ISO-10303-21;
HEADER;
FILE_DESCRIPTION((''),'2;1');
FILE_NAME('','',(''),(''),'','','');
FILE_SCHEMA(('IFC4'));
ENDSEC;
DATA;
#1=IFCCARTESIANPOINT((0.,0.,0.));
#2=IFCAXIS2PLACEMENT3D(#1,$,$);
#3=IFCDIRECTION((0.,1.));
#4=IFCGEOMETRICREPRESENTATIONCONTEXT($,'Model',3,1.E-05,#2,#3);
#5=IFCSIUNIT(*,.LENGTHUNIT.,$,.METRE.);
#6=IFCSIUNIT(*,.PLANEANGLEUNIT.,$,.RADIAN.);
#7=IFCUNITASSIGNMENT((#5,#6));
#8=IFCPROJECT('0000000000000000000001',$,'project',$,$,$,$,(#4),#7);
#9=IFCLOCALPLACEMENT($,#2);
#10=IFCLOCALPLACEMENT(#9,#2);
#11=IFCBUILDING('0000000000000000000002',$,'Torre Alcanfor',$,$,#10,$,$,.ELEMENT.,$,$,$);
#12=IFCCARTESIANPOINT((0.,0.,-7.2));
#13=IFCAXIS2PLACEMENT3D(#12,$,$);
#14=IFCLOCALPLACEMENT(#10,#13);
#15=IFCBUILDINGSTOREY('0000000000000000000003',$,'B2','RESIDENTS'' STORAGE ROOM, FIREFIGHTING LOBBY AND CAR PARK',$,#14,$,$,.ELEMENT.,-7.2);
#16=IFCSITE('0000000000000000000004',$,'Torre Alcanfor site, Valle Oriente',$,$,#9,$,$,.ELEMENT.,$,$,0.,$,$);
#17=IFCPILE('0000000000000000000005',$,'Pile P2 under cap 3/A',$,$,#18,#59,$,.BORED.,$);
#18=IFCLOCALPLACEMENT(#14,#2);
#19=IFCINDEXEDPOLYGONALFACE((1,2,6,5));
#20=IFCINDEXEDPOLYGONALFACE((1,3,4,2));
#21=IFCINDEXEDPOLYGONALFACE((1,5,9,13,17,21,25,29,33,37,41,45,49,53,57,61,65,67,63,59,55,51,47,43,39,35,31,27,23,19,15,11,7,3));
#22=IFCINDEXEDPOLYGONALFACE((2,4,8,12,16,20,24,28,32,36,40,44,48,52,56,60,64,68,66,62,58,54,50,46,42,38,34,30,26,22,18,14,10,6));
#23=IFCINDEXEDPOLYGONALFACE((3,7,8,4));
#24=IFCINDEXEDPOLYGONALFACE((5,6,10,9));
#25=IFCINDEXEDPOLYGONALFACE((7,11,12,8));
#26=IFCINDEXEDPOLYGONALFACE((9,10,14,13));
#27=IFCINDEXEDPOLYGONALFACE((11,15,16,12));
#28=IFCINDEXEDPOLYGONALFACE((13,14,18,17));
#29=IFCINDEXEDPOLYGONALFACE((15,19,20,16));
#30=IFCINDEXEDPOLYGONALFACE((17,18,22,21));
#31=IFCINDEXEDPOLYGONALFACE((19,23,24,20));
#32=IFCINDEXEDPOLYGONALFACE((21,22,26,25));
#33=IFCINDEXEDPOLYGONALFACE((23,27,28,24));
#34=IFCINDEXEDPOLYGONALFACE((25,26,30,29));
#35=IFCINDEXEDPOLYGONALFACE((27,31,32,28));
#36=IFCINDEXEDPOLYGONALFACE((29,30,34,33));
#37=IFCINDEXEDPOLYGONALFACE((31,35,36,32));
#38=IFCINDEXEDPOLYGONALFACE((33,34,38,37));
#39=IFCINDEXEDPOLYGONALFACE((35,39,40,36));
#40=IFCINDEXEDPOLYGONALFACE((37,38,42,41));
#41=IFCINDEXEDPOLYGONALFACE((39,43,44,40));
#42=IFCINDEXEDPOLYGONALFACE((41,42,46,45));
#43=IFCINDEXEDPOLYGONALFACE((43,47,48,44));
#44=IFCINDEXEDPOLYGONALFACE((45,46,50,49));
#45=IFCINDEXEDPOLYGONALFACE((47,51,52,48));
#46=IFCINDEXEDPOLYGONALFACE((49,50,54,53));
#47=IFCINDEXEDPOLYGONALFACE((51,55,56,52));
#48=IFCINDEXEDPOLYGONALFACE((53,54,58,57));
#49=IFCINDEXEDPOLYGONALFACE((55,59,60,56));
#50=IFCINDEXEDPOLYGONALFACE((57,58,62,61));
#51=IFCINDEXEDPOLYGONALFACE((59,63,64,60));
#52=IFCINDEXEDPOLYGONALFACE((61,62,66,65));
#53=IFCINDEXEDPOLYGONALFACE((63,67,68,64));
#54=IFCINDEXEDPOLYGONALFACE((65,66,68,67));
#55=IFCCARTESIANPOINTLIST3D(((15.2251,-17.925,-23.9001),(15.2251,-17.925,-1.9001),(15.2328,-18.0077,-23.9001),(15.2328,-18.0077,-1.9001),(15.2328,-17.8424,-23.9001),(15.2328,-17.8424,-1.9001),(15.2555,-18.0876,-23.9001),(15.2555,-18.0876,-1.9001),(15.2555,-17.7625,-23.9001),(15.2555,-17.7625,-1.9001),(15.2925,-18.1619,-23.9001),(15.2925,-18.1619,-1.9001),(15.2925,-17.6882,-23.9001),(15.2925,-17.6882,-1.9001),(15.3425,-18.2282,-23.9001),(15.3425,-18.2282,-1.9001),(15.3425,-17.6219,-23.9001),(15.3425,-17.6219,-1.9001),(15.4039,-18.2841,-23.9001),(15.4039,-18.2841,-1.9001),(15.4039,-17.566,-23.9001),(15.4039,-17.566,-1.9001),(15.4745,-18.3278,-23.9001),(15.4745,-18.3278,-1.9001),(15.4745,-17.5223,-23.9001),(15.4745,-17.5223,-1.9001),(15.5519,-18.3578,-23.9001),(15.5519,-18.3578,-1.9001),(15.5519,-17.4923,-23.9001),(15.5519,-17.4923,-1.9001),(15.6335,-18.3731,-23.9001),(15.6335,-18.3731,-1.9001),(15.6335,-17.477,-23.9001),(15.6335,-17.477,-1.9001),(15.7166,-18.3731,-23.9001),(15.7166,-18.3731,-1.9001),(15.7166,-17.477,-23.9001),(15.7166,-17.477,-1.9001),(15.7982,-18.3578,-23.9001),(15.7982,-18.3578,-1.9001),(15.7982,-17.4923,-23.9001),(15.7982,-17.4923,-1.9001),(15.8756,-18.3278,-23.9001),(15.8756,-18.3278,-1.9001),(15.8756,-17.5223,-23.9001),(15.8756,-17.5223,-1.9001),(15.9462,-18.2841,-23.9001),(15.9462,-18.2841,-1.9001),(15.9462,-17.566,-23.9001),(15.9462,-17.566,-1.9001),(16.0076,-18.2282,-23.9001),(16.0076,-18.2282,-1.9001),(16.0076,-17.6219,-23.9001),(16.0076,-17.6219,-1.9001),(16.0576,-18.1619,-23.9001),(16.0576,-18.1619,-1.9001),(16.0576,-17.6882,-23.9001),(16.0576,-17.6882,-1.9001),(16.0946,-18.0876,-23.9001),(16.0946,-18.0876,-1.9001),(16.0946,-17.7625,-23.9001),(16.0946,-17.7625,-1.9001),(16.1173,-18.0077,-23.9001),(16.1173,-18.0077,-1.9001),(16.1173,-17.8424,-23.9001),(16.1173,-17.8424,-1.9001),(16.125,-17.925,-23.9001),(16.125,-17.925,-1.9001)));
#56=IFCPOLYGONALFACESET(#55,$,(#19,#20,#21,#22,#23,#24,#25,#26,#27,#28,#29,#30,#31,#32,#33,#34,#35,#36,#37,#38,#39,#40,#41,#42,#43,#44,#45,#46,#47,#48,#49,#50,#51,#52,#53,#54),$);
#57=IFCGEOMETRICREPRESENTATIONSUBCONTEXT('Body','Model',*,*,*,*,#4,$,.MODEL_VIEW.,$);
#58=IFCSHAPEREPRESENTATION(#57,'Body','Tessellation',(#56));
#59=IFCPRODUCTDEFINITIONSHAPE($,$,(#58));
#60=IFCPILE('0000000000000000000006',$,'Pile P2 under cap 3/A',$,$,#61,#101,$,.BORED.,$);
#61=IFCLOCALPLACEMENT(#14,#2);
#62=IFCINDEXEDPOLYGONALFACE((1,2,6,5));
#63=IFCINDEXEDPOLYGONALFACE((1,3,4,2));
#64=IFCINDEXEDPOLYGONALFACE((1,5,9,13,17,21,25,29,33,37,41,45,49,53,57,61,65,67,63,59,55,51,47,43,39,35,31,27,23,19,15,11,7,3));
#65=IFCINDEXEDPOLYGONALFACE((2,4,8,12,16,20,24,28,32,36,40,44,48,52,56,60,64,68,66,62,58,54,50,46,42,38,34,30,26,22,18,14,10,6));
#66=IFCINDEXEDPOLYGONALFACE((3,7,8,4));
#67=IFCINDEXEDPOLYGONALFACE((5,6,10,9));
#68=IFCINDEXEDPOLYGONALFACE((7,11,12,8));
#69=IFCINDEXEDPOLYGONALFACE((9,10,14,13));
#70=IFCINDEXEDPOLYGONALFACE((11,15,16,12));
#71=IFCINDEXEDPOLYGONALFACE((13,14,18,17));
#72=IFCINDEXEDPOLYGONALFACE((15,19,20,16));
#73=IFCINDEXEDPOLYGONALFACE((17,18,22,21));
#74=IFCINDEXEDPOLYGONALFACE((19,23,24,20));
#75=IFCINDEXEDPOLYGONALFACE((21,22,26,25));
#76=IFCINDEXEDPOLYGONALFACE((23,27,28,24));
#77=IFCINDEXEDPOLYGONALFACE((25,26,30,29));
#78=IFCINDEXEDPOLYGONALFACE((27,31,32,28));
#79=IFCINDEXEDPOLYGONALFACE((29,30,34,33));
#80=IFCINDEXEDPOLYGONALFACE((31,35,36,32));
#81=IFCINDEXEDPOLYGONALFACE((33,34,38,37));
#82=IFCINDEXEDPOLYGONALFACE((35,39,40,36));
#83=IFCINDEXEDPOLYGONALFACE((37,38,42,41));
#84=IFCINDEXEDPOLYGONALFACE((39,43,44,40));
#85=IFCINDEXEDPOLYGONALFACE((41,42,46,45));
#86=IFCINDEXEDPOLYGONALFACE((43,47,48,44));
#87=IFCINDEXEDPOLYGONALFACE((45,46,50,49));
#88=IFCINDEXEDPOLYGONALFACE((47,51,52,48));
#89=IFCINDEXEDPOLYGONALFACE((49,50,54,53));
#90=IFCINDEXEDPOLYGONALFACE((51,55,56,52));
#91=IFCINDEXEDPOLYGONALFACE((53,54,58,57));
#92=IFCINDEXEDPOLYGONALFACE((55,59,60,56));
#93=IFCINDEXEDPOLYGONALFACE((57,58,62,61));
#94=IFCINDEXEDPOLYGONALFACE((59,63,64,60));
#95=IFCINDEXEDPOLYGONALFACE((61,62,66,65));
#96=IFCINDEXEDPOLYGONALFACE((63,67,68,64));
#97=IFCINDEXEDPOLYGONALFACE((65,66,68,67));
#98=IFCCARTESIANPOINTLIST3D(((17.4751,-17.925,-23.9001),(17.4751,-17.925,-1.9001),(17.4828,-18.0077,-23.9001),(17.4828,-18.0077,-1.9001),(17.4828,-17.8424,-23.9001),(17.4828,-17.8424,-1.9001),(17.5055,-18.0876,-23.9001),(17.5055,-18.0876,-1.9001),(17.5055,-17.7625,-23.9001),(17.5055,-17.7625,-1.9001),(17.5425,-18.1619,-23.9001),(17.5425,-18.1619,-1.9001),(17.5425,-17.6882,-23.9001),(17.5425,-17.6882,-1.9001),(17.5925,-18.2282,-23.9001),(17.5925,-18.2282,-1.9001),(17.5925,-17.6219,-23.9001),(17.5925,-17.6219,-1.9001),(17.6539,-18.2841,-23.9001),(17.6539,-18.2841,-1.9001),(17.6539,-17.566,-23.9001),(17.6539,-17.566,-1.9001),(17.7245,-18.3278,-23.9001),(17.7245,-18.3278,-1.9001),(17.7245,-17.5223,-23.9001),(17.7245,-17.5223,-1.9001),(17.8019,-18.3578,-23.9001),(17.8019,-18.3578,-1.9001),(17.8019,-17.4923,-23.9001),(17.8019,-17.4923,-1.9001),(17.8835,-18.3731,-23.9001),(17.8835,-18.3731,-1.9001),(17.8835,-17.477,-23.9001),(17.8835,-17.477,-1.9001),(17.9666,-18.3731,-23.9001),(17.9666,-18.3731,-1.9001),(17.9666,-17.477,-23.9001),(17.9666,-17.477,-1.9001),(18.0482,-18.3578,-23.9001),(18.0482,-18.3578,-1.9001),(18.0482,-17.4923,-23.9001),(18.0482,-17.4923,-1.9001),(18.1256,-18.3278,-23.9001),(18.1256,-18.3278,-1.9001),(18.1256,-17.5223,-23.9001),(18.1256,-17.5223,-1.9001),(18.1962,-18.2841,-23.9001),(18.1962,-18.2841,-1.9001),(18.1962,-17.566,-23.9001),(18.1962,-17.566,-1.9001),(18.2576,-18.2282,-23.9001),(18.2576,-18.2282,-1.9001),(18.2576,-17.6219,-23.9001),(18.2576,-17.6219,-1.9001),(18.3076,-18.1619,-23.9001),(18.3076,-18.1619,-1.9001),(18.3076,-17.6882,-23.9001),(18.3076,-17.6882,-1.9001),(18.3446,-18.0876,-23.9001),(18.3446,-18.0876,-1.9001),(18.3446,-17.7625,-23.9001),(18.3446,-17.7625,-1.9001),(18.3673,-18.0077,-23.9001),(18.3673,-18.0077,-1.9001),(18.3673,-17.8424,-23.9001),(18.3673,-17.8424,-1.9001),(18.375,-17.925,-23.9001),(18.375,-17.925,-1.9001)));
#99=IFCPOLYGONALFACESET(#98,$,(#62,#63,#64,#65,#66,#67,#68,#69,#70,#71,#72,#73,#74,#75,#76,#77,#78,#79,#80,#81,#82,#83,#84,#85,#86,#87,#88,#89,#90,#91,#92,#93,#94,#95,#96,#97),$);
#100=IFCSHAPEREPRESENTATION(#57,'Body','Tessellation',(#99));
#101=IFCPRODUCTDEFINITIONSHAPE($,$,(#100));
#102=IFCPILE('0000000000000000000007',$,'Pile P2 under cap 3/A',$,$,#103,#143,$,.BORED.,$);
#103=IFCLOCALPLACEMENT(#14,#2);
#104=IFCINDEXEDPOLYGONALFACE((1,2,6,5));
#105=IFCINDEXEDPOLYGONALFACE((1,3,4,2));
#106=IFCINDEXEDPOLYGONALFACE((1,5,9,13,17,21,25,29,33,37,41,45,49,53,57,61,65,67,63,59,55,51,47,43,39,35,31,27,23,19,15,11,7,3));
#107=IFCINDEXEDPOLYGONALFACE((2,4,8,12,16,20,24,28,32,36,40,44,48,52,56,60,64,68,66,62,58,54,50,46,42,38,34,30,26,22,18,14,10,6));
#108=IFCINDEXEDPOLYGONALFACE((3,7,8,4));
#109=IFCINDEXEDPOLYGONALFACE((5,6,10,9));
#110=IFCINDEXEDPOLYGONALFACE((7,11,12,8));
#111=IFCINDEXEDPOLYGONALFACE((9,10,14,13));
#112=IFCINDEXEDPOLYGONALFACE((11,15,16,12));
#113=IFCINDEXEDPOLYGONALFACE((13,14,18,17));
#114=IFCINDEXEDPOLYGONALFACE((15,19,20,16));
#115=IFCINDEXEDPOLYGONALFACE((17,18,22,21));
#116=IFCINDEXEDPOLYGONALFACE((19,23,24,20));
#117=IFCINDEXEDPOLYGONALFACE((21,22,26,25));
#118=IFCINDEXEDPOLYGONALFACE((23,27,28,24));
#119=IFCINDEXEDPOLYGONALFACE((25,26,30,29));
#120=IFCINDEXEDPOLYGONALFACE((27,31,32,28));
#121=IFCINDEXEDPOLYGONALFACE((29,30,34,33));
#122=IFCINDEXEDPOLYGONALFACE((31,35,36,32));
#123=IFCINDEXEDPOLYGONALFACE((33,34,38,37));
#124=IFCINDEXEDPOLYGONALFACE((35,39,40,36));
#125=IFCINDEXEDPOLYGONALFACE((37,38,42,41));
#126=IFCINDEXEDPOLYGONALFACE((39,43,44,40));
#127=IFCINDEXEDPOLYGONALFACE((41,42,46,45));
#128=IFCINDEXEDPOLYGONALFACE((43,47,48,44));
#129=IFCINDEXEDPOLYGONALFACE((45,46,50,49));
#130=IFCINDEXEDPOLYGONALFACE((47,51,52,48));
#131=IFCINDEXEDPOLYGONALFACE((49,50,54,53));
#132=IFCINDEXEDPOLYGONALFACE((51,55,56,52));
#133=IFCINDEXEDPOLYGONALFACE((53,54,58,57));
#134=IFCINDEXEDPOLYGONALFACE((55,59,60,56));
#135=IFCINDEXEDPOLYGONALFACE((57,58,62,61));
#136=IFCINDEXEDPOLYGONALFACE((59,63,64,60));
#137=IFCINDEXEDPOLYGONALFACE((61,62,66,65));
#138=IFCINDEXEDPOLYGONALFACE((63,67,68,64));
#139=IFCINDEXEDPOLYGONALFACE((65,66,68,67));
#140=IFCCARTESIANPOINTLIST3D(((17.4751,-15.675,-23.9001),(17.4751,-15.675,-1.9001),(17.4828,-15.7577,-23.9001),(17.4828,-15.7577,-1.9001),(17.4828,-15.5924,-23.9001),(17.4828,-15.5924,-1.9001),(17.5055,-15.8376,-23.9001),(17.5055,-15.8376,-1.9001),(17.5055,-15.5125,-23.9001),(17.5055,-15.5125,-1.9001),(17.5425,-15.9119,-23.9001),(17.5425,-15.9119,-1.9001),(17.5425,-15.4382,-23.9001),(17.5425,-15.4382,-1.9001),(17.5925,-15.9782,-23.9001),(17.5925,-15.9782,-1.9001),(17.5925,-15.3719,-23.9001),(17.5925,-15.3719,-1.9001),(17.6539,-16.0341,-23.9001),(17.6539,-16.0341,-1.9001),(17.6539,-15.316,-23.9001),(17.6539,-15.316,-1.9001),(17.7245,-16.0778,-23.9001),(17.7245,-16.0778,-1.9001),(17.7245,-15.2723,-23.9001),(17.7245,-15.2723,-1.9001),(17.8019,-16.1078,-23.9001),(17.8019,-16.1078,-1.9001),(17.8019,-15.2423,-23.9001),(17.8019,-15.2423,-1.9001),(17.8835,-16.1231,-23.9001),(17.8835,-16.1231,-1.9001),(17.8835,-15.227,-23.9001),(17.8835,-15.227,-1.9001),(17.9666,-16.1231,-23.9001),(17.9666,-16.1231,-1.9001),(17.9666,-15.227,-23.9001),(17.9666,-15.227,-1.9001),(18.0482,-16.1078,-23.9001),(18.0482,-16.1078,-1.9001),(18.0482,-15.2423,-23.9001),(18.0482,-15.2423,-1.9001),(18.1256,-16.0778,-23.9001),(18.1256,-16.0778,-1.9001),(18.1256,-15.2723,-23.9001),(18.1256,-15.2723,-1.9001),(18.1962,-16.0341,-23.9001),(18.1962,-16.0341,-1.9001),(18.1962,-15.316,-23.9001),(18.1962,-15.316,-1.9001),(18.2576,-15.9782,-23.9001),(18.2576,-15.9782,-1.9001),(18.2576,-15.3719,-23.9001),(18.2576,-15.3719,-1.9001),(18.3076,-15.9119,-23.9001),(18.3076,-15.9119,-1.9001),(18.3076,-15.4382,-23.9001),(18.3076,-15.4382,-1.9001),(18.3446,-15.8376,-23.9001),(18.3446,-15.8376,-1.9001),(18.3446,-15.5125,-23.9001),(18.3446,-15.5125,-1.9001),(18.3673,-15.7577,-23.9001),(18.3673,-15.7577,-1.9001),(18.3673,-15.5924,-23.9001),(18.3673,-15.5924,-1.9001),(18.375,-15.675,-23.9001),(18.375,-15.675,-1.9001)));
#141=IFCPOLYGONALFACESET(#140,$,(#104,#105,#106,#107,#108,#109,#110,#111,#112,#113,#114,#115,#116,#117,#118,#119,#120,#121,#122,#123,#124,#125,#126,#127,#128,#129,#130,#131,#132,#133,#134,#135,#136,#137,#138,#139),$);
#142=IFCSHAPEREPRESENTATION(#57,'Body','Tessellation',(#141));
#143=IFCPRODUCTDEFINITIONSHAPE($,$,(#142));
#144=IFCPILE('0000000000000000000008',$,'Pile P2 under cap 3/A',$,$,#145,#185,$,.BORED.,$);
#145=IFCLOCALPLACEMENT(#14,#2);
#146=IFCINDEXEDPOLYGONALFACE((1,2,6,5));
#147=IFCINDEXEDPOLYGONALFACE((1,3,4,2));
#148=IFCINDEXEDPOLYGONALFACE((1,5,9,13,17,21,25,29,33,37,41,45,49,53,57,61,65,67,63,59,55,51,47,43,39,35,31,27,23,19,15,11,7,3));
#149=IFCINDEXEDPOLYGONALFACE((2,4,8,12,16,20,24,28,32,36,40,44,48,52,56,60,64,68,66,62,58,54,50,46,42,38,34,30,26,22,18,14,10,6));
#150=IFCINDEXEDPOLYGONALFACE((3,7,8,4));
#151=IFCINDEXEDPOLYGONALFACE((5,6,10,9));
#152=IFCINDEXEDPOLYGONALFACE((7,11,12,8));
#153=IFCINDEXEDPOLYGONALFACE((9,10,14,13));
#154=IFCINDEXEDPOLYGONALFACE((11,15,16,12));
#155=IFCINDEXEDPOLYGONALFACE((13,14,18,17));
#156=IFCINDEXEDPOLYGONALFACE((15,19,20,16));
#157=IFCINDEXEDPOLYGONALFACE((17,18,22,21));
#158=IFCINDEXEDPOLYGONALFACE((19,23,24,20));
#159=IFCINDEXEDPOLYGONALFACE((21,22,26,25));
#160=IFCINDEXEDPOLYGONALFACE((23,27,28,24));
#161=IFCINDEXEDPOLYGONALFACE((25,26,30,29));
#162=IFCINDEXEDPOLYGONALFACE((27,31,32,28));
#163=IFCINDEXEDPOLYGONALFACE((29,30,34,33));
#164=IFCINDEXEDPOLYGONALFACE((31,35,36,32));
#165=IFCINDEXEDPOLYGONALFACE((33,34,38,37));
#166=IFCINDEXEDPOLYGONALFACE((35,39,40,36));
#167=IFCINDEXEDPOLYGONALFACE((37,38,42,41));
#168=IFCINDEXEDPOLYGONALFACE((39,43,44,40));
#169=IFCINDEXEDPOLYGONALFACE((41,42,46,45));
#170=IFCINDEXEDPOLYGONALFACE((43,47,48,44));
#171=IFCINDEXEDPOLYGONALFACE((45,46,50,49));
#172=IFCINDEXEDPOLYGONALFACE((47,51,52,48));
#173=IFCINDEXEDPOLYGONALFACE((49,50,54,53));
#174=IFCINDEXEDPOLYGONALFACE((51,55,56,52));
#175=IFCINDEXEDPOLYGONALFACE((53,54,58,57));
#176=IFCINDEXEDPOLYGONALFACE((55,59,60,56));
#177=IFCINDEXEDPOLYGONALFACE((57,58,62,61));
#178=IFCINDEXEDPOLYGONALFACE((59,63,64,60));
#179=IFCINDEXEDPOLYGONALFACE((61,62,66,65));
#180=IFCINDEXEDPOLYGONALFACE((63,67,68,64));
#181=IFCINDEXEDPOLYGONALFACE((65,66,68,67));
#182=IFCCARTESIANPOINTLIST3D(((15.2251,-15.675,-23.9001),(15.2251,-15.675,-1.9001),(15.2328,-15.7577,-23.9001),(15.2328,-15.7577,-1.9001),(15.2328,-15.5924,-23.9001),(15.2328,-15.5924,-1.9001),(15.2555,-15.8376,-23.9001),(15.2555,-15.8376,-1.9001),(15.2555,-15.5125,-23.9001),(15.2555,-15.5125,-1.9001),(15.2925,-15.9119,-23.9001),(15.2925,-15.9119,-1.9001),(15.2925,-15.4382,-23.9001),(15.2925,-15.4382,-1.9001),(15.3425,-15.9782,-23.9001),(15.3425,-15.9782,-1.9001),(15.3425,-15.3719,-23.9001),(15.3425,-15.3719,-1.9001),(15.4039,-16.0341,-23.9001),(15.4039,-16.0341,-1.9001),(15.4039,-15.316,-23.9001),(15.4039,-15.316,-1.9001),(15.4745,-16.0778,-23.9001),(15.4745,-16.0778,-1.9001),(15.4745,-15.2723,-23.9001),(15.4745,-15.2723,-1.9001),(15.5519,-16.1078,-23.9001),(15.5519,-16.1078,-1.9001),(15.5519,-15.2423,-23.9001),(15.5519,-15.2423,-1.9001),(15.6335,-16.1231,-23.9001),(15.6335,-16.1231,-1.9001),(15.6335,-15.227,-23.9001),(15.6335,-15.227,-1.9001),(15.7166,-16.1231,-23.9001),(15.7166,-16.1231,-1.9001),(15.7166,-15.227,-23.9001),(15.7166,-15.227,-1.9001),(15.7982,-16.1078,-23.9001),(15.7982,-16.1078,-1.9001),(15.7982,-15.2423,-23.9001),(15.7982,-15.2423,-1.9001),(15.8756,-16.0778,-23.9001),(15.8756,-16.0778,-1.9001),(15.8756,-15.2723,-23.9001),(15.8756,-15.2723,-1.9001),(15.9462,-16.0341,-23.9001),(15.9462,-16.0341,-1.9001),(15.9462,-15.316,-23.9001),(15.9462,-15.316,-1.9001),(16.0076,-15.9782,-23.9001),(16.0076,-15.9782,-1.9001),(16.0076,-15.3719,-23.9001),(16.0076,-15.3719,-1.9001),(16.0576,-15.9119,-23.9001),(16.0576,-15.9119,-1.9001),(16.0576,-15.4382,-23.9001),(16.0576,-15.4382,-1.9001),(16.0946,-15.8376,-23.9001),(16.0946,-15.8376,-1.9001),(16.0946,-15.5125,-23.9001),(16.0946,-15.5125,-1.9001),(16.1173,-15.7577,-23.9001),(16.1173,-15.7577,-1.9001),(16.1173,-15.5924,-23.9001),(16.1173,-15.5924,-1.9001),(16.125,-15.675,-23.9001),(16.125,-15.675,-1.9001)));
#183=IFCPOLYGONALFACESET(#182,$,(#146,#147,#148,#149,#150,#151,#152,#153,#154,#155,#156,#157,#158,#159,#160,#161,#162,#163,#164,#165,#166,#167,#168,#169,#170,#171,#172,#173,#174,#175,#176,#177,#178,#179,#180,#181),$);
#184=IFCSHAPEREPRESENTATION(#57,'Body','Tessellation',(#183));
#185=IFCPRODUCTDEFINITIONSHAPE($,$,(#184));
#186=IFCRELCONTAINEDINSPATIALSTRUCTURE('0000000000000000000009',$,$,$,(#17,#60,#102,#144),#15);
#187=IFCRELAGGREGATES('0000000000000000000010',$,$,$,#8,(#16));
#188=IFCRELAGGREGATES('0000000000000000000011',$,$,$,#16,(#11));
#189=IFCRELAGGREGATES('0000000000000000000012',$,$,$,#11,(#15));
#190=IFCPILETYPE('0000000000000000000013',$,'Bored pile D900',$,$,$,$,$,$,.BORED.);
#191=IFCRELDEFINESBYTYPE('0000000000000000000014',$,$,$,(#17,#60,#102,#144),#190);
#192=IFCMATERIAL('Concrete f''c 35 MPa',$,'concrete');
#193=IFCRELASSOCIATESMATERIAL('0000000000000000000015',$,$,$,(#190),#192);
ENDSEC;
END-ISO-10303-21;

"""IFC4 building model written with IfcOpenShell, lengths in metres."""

from ifc_helpers import new_model, si_unit, direction, frame, origin, origin_2d, place, context, subcontext, project, spatial, circle, extrude, material, material_profile, profile_set, type_object, element, save


model = new_model("IFC4")

# Units and contexts
model_context = context("Model", 3, precision=1e-05, world=origin(), true_north=direction((0.0, 1.0)))
body_context = subcontext(model_context, "Body", "Model", "MODEL_VIEW")
ifc_project = project(units=[si_unit("LENGTHUNIT", "METRE"), si_unit("PLANEANGLEUNIT", "RADIAN")], contexts=[model_context])

# Site, building, storey
site_placement = place(None, origin())
site = spatial("IfcSite", under=ifc_project, at=site_placement, Name="Torre Alcanfor site, Valle Oriente", CompositionType="ELEMENT", RefElevation=0.0)
building_placement = place(site_placement, origin())
building = spatial("IfcBuilding", under=site, at=building_placement, Name="Torre Alcanfor", CompositionType="ELEMENT")
storey_placement = place(building_placement, frame((0.0, 0.0, -7.2)))
storey = spatial("IfcBuildingStorey", under=building, at=storey_placement, Name="B2", Description="RESIDENTS' STORAGE ROOM, FIREFIGHTING LOBBY AND CAR PARK", CompositionType="ELEMENT", Elevation=-7.2)

# Piles
ifc_material_1 = material(Name="Concrete f'c 35 MPa", Category="concrete")
ifc_material_profile_1 = material_profile(ifc_material_1, circle(Radius=0.45, at=origin_2d()), Name="D900")
ifc_profile_set_1 = profile_set([ifc_material_profile_1], Name="Concrete f'c 35 MPa")
pile_type = type_object("IfcPileType", Name="Bored pile D900", PredefinedType="BORED", material=ifc_profile_set_1)
for number, where, z_axis, x_axis, name in (
    (1, (15.675, -17.925, -1.9001), (0.0, 0.0, -1.0), (1.0, 0.0, 0.0), "Pile P2 under cap 3/A"),
    (2, (17.925, -17.925, -1.9001), (0.0, 0.0, -1.0), (1.0, 0.0, 0.0), "Pile P2 under cap 3/A"),
    (3, (17.925, -15.675, -1.9001), (0.0, 0.0, -1.0), (1.0, 0.0, 0.0), "Pile P2 under cap 3/A"),
    (4, (15.675, -15.675, -1.9001), (0.0, 0.0, -1.0), (1.0, 0.0, 0.0), "Pile P2 under cap 3/A"),
):
    element("IfcPile", number, at=place(storey_placement, frame(where, z_axis=z_axis, x_axis=x_axis)), inside=storey, type_object=pile_type, Name=name, PredefinedType="BORED", context=body_context, shape_type="SweptSolid", body=[
        extrude(circle(Radius=0.45, at=origin_2d()), origin(), (0.0, 0.0, 1.0), 22.0),
    ])

save(model, "model.ifc")
